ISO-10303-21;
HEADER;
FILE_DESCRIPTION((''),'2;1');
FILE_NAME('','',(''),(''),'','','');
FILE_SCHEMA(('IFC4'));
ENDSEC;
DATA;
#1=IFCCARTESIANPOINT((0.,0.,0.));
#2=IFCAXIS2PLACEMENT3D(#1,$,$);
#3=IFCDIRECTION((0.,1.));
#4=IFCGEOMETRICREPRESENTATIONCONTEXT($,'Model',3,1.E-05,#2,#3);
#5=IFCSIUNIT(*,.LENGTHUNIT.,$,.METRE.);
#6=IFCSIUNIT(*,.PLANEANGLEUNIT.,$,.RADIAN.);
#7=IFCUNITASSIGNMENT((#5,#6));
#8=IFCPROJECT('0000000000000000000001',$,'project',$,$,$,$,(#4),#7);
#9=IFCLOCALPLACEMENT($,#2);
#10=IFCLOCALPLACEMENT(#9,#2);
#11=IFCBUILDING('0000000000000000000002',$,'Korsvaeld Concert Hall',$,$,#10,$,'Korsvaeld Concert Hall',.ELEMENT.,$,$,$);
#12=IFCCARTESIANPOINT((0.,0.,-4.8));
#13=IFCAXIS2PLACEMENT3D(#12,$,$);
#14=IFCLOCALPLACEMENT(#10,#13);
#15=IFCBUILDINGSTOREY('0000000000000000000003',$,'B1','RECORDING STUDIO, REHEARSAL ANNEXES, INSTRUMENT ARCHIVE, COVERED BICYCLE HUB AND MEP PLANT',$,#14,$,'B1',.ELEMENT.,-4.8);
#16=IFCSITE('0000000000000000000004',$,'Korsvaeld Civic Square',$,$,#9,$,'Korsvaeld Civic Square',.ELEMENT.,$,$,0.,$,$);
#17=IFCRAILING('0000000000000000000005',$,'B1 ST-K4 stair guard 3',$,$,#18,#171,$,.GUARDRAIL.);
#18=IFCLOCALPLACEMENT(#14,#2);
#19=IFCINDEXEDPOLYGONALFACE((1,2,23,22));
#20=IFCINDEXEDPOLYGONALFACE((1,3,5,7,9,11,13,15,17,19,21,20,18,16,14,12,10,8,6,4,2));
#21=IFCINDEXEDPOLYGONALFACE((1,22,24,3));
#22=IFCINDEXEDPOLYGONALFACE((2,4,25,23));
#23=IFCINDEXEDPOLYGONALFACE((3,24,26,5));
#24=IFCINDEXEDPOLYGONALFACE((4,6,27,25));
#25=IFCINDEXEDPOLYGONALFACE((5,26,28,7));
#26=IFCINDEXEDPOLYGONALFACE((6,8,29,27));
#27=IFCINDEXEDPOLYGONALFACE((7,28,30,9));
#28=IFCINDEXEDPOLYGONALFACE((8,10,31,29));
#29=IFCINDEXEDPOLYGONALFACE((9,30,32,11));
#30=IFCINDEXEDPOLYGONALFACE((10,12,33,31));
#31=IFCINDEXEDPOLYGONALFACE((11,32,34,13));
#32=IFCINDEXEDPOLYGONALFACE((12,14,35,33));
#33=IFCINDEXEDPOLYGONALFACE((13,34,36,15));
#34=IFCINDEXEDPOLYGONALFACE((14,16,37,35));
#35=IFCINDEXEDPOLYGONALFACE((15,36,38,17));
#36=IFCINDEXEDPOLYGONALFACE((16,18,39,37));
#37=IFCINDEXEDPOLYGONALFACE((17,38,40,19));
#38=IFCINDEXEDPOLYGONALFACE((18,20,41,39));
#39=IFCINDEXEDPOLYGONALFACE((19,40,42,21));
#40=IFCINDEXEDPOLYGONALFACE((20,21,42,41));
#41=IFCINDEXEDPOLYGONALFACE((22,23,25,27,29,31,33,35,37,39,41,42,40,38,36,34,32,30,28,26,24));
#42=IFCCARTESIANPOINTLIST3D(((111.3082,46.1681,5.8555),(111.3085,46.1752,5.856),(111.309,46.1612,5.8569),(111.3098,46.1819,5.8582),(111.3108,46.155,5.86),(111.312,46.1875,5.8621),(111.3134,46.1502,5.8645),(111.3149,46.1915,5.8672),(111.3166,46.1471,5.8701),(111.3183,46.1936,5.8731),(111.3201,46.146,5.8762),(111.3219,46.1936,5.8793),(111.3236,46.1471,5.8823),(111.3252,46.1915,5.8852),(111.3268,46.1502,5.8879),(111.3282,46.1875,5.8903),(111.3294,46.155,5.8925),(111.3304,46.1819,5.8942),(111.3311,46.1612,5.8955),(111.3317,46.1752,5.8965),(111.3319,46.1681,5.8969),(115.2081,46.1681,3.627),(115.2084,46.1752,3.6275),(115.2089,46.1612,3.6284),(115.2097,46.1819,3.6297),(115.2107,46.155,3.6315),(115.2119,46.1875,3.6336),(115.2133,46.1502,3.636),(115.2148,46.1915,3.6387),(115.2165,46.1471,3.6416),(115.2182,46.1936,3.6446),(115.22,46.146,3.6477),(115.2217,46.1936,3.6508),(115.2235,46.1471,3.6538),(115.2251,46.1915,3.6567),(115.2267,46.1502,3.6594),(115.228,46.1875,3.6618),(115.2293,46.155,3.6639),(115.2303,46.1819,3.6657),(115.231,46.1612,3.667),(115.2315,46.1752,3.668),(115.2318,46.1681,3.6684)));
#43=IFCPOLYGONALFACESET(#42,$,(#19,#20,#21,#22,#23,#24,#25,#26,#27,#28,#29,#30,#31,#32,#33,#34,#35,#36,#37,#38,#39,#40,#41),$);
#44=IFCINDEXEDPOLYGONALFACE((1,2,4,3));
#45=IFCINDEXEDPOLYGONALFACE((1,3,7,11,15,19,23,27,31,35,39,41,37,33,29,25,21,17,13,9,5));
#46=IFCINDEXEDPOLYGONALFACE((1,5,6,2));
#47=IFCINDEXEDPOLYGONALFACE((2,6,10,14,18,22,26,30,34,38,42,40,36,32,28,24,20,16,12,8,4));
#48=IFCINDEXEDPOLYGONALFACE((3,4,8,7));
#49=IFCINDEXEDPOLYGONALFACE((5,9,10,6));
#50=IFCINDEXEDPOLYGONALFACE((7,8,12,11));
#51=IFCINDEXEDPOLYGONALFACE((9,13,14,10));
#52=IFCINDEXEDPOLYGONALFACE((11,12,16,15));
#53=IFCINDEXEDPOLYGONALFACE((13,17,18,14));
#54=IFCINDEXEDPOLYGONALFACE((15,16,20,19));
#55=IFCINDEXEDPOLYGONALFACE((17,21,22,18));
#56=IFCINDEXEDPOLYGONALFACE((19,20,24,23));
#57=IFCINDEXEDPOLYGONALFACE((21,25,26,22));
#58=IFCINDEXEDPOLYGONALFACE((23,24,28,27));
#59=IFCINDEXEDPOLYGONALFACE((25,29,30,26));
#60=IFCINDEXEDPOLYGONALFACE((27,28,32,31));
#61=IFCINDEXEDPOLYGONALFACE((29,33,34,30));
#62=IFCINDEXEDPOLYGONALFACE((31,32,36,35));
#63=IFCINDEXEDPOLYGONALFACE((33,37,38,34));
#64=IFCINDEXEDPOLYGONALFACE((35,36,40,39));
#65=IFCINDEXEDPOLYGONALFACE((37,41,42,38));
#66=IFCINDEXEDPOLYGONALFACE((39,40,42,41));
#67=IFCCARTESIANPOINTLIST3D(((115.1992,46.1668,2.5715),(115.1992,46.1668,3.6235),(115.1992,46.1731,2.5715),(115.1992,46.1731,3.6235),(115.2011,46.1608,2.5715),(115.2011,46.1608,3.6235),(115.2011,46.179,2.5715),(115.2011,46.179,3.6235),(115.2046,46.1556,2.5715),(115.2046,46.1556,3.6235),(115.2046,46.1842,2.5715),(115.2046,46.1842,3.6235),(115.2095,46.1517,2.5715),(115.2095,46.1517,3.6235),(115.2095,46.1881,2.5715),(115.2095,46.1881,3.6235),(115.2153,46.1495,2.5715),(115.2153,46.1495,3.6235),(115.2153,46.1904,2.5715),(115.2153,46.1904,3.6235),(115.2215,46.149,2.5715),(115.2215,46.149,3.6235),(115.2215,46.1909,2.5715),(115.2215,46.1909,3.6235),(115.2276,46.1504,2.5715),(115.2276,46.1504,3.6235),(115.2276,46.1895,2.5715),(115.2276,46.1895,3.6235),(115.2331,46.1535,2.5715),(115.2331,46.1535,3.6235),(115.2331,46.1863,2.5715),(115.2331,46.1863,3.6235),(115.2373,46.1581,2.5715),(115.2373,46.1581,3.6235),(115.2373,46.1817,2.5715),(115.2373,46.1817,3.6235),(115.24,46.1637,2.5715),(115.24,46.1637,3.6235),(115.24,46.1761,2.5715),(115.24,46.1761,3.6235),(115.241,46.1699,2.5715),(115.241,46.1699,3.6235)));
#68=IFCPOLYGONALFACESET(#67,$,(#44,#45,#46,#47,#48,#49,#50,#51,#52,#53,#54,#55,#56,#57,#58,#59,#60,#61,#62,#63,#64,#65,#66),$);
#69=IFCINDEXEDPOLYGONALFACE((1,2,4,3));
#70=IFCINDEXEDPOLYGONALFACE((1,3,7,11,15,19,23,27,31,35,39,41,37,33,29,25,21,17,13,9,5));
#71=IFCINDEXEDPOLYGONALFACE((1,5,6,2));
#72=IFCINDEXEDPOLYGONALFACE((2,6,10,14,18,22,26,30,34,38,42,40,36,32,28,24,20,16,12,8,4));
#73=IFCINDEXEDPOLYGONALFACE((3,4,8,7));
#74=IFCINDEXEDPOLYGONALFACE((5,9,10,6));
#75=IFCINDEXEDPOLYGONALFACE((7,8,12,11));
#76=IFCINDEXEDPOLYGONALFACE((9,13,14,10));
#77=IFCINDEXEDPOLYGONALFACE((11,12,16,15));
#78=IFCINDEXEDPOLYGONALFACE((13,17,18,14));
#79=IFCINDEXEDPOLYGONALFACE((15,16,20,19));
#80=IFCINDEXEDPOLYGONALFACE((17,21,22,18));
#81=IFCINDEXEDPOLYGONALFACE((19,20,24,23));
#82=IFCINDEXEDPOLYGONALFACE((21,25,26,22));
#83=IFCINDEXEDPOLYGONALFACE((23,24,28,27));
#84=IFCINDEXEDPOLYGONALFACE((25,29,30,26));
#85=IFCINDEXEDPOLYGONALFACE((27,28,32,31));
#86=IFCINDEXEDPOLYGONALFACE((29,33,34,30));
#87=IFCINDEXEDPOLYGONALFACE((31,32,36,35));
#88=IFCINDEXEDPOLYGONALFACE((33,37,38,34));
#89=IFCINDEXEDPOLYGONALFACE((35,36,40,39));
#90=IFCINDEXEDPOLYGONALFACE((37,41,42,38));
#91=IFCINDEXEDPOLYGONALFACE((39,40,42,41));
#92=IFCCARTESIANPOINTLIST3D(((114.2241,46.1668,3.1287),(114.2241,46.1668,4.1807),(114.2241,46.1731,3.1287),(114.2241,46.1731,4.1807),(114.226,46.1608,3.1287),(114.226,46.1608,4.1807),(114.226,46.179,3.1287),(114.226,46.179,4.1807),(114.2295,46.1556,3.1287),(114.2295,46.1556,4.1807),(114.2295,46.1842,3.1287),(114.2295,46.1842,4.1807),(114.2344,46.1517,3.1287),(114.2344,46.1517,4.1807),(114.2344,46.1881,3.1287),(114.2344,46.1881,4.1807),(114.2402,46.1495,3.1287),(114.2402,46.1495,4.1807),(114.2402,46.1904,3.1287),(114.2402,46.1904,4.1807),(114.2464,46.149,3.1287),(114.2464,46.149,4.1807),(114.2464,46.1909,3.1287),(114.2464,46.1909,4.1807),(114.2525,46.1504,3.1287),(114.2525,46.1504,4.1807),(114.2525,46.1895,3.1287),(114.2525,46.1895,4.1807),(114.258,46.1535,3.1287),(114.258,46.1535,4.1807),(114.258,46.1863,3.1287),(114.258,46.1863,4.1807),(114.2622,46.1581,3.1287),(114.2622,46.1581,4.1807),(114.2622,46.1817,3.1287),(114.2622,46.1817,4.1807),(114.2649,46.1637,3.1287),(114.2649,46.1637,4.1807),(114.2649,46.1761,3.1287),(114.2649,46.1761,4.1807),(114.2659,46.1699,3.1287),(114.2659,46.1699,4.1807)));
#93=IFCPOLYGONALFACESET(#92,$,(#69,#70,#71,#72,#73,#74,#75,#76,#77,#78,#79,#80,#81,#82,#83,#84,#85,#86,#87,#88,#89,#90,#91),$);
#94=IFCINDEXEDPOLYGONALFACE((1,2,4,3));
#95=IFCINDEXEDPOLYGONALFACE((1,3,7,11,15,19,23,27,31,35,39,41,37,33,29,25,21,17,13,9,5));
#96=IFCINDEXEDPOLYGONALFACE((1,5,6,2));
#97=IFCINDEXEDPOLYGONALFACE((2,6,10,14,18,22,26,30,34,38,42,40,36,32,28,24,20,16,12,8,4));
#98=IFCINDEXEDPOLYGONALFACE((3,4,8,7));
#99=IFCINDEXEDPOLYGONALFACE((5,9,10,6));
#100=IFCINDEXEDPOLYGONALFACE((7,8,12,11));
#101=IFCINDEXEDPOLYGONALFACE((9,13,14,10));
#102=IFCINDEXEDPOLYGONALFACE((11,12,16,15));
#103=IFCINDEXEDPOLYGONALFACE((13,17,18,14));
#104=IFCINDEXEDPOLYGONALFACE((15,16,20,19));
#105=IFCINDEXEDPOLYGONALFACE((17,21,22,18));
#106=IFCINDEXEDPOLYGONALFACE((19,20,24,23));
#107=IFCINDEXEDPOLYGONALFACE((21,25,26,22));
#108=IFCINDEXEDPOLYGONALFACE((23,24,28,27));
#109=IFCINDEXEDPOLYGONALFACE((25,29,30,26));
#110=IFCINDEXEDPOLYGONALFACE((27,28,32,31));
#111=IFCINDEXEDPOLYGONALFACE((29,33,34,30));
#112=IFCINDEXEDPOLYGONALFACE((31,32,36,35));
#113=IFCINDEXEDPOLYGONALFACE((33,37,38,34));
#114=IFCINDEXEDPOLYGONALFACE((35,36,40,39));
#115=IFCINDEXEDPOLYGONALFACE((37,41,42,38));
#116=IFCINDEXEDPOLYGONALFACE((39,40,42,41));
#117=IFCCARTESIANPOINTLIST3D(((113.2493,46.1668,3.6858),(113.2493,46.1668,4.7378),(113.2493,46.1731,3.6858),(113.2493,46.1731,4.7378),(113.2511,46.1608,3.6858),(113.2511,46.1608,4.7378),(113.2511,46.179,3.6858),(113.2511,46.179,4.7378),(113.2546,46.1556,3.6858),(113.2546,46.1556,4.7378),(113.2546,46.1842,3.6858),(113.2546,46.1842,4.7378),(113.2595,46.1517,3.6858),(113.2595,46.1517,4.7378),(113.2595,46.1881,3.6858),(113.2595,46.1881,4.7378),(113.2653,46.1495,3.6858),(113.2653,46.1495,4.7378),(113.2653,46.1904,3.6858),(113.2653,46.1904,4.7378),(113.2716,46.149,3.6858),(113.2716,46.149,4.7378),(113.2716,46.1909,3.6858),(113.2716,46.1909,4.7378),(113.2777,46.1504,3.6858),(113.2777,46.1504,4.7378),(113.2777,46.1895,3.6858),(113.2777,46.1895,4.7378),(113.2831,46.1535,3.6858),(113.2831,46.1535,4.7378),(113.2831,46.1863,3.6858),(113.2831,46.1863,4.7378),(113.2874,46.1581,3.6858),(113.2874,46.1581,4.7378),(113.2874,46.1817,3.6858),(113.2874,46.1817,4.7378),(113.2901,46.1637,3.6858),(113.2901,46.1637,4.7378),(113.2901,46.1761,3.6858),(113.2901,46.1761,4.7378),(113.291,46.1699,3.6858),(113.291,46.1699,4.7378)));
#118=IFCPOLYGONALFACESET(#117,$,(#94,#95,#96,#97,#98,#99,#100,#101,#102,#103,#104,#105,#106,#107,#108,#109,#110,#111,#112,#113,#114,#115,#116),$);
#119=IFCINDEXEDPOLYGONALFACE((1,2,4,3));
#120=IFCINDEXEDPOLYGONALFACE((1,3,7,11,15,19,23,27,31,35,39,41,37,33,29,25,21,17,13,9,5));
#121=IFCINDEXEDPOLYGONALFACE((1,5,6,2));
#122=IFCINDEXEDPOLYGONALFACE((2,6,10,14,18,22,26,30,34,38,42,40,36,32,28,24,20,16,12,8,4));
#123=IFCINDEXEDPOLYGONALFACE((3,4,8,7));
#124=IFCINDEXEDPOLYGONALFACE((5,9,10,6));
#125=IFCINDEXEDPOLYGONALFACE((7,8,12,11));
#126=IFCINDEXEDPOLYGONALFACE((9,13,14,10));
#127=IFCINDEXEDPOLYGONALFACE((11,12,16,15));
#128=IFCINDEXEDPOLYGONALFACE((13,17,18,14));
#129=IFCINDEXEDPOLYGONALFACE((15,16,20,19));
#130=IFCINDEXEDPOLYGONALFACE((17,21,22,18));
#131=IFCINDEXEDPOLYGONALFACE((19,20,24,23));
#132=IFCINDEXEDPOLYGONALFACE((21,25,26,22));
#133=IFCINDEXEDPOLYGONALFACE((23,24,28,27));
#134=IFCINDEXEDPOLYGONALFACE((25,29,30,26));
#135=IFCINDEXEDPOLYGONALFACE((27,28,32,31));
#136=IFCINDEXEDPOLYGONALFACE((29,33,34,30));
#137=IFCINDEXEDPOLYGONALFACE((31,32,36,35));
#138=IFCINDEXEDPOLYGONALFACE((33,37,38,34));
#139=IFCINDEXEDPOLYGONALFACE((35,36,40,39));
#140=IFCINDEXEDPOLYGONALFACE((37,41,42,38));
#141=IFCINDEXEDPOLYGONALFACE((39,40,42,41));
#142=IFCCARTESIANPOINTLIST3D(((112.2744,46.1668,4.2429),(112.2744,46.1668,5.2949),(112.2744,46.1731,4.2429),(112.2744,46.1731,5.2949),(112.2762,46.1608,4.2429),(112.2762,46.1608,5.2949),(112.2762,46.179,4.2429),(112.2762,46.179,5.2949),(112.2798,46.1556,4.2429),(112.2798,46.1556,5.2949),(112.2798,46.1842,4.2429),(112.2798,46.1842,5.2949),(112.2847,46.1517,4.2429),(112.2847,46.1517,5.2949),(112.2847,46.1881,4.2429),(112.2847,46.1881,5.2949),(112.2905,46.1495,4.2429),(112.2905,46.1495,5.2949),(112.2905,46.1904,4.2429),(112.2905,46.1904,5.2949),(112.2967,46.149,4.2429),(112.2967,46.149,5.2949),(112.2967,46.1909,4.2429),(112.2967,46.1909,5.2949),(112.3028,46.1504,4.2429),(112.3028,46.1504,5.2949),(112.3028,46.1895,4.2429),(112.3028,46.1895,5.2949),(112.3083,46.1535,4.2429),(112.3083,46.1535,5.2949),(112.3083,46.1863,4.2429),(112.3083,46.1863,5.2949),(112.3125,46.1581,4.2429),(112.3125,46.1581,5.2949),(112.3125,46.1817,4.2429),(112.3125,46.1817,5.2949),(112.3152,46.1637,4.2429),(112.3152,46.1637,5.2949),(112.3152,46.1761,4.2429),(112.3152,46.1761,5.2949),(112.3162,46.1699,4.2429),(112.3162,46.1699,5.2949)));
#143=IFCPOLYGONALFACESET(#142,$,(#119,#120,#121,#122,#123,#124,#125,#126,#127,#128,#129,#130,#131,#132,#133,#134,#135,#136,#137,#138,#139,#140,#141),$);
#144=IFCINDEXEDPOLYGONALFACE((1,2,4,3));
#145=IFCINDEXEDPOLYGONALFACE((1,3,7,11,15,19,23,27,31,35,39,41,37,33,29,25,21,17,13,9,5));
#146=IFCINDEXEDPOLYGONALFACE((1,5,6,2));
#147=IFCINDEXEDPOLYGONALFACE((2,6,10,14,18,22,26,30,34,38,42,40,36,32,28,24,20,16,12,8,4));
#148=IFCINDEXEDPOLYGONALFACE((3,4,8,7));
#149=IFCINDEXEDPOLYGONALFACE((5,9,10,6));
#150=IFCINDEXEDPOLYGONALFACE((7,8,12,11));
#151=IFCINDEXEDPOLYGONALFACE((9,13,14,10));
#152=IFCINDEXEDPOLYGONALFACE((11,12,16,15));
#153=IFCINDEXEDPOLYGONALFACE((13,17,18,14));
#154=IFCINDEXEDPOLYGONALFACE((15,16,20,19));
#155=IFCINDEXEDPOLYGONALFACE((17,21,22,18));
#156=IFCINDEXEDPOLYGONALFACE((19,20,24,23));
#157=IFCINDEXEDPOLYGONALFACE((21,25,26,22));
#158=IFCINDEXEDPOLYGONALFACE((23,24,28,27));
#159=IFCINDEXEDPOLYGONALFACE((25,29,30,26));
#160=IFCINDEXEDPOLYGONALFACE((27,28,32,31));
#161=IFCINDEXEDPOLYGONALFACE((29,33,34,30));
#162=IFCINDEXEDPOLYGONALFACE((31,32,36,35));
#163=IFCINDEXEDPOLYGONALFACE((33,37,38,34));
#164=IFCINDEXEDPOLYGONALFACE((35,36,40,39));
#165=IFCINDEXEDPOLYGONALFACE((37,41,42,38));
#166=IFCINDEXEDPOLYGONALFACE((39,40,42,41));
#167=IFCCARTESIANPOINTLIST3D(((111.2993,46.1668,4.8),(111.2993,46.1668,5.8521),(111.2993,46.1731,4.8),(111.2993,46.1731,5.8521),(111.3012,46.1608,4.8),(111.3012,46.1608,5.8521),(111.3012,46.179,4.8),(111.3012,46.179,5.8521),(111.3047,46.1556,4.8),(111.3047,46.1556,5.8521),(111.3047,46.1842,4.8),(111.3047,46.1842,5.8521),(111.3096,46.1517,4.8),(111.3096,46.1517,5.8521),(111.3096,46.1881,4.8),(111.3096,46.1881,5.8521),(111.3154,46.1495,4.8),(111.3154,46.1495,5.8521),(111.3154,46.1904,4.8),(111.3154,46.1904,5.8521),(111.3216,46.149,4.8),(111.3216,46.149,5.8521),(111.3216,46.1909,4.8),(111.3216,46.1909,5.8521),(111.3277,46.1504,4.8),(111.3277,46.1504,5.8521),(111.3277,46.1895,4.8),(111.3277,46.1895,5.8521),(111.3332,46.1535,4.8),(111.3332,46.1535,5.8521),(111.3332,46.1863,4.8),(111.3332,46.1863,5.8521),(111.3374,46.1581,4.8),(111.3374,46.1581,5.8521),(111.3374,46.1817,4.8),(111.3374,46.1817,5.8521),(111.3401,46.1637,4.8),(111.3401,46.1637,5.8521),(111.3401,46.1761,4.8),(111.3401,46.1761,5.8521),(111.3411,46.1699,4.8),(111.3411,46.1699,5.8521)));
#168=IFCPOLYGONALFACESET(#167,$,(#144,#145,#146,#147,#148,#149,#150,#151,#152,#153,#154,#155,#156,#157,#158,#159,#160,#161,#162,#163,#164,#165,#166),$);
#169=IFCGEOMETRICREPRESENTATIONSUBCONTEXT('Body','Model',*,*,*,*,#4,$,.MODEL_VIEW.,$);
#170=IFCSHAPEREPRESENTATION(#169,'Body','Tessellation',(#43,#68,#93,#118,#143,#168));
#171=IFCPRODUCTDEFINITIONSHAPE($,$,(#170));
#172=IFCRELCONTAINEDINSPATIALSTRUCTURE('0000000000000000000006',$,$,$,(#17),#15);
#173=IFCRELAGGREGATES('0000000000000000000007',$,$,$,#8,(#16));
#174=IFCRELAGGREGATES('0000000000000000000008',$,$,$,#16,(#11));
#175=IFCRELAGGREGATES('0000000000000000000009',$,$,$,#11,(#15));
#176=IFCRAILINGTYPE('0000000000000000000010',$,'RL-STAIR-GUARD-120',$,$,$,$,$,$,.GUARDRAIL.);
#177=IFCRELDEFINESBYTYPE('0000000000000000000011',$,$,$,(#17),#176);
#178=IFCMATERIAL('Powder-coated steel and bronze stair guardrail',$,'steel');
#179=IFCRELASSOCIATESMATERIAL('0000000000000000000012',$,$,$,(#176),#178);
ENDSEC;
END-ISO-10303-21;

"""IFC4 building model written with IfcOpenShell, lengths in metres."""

from ifc_helpers import new_model, si_unit, direction, frame, origin, origin_2d, place, context, subcontext, project, spatial, circle, extrude, material, type_object, element, save


model = new_model("IFC4")

# Units and contexts
model_context = context("Model", 3, precision=1e-05, world=origin(), true_north=direction((0.0, 1.0)))
body_context = subcontext(model_context, "Body", "Model", "MODEL_VIEW")
ifc_project = project(units=[si_unit("LENGTHUNIT", "METRE"), si_unit("PLANEANGLEUNIT", "RADIAN")], contexts=[model_context])

# Site, building, storey
site_placement = place(None, origin())
site = spatial("IfcSite", under=ifc_project, at=site_placement, Name="Korsvaeld Civic Square", LongName="Korsvaeld Civic Square", CompositionType="ELEMENT", RefElevation=0.0)
building_placement = place(site_placement, origin())
building = spatial("IfcBuilding", under=site, at=building_placement, Name="Korsvaeld Concert Hall", LongName="Korsvaeld Concert Hall", CompositionType="ELEMENT")
storey_placement = place(building_placement, frame((0.0, 0.0, -4.8)))
storey = spatial("IfcBuildingStorey", under=building, at=storey_placement, Name="B1", Description="RECORDING STUDIO, REHEARSAL ANNEXES, INSTRUMENT ARCHIVE, COVERED BICYCLE HUB AND MEP PLANT", LongName="B1", CompositionType="ELEMENT", Elevation=-4.8)

# Railing
ifc_material_1 = material(Name="Powder-coated steel and bronze stair guardrail", Category="steel")
railing_type_1 = type_object("IfcRailingType", Name="RL-STAIR-GUARD-120", PredefinedType="GUARDRAIL", material=ifc_material_1)
railing_1_placement = place(storey_placement, frame((115.22, 46.1699, 2.5715)))
element("IfcRailing", 1, at=railing_1_placement, inside=storey, type_object=railing_type_1, Name="B1 ST-K4 stair guard 3", PredefinedType="GUARDRAIL", context=body_context, shape_type="SweptSolid", body=[
    extrude(circle(Radius=0.0239, at=origin_2d()), frame((0.0, 0.0, 1.0762), z_axis=(-0.868243, 0.0, 0.496139), x_axis=(0.0, -1.0, 0.0)), (0.0, 0.0, 1.0), 4.4917),
    extrude(circle(Radius=0.021, at=origin_2d()), origin(), (0.0, 0.0, 1.0), 1.052),
    extrude(circle(Radius=0.021, at=origin_2d()), frame((-0.9751, 0.0, 0.5571)), (0.0, 0.0, 1.0), 1.052),
    extrude(circle(Radius=0.021, at=origin_2d()), frame((-1.95, 0.0, 1.1143)), (0.0, 0.0, 1.0), 1.052),
    extrude(circle(Radius=0.021, at=origin_2d()), frame((-2.9248, 0.0, 1.6714)), (0.0, 0.0, 1.0), 1.052),
    extrude(circle(Radius=0.021, at=origin_2d()), frame((-3.8999, 0.0, 2.2285)), (0.0, 0.0, 1.0), 1.052),
])

save(model, "model.ifc")
